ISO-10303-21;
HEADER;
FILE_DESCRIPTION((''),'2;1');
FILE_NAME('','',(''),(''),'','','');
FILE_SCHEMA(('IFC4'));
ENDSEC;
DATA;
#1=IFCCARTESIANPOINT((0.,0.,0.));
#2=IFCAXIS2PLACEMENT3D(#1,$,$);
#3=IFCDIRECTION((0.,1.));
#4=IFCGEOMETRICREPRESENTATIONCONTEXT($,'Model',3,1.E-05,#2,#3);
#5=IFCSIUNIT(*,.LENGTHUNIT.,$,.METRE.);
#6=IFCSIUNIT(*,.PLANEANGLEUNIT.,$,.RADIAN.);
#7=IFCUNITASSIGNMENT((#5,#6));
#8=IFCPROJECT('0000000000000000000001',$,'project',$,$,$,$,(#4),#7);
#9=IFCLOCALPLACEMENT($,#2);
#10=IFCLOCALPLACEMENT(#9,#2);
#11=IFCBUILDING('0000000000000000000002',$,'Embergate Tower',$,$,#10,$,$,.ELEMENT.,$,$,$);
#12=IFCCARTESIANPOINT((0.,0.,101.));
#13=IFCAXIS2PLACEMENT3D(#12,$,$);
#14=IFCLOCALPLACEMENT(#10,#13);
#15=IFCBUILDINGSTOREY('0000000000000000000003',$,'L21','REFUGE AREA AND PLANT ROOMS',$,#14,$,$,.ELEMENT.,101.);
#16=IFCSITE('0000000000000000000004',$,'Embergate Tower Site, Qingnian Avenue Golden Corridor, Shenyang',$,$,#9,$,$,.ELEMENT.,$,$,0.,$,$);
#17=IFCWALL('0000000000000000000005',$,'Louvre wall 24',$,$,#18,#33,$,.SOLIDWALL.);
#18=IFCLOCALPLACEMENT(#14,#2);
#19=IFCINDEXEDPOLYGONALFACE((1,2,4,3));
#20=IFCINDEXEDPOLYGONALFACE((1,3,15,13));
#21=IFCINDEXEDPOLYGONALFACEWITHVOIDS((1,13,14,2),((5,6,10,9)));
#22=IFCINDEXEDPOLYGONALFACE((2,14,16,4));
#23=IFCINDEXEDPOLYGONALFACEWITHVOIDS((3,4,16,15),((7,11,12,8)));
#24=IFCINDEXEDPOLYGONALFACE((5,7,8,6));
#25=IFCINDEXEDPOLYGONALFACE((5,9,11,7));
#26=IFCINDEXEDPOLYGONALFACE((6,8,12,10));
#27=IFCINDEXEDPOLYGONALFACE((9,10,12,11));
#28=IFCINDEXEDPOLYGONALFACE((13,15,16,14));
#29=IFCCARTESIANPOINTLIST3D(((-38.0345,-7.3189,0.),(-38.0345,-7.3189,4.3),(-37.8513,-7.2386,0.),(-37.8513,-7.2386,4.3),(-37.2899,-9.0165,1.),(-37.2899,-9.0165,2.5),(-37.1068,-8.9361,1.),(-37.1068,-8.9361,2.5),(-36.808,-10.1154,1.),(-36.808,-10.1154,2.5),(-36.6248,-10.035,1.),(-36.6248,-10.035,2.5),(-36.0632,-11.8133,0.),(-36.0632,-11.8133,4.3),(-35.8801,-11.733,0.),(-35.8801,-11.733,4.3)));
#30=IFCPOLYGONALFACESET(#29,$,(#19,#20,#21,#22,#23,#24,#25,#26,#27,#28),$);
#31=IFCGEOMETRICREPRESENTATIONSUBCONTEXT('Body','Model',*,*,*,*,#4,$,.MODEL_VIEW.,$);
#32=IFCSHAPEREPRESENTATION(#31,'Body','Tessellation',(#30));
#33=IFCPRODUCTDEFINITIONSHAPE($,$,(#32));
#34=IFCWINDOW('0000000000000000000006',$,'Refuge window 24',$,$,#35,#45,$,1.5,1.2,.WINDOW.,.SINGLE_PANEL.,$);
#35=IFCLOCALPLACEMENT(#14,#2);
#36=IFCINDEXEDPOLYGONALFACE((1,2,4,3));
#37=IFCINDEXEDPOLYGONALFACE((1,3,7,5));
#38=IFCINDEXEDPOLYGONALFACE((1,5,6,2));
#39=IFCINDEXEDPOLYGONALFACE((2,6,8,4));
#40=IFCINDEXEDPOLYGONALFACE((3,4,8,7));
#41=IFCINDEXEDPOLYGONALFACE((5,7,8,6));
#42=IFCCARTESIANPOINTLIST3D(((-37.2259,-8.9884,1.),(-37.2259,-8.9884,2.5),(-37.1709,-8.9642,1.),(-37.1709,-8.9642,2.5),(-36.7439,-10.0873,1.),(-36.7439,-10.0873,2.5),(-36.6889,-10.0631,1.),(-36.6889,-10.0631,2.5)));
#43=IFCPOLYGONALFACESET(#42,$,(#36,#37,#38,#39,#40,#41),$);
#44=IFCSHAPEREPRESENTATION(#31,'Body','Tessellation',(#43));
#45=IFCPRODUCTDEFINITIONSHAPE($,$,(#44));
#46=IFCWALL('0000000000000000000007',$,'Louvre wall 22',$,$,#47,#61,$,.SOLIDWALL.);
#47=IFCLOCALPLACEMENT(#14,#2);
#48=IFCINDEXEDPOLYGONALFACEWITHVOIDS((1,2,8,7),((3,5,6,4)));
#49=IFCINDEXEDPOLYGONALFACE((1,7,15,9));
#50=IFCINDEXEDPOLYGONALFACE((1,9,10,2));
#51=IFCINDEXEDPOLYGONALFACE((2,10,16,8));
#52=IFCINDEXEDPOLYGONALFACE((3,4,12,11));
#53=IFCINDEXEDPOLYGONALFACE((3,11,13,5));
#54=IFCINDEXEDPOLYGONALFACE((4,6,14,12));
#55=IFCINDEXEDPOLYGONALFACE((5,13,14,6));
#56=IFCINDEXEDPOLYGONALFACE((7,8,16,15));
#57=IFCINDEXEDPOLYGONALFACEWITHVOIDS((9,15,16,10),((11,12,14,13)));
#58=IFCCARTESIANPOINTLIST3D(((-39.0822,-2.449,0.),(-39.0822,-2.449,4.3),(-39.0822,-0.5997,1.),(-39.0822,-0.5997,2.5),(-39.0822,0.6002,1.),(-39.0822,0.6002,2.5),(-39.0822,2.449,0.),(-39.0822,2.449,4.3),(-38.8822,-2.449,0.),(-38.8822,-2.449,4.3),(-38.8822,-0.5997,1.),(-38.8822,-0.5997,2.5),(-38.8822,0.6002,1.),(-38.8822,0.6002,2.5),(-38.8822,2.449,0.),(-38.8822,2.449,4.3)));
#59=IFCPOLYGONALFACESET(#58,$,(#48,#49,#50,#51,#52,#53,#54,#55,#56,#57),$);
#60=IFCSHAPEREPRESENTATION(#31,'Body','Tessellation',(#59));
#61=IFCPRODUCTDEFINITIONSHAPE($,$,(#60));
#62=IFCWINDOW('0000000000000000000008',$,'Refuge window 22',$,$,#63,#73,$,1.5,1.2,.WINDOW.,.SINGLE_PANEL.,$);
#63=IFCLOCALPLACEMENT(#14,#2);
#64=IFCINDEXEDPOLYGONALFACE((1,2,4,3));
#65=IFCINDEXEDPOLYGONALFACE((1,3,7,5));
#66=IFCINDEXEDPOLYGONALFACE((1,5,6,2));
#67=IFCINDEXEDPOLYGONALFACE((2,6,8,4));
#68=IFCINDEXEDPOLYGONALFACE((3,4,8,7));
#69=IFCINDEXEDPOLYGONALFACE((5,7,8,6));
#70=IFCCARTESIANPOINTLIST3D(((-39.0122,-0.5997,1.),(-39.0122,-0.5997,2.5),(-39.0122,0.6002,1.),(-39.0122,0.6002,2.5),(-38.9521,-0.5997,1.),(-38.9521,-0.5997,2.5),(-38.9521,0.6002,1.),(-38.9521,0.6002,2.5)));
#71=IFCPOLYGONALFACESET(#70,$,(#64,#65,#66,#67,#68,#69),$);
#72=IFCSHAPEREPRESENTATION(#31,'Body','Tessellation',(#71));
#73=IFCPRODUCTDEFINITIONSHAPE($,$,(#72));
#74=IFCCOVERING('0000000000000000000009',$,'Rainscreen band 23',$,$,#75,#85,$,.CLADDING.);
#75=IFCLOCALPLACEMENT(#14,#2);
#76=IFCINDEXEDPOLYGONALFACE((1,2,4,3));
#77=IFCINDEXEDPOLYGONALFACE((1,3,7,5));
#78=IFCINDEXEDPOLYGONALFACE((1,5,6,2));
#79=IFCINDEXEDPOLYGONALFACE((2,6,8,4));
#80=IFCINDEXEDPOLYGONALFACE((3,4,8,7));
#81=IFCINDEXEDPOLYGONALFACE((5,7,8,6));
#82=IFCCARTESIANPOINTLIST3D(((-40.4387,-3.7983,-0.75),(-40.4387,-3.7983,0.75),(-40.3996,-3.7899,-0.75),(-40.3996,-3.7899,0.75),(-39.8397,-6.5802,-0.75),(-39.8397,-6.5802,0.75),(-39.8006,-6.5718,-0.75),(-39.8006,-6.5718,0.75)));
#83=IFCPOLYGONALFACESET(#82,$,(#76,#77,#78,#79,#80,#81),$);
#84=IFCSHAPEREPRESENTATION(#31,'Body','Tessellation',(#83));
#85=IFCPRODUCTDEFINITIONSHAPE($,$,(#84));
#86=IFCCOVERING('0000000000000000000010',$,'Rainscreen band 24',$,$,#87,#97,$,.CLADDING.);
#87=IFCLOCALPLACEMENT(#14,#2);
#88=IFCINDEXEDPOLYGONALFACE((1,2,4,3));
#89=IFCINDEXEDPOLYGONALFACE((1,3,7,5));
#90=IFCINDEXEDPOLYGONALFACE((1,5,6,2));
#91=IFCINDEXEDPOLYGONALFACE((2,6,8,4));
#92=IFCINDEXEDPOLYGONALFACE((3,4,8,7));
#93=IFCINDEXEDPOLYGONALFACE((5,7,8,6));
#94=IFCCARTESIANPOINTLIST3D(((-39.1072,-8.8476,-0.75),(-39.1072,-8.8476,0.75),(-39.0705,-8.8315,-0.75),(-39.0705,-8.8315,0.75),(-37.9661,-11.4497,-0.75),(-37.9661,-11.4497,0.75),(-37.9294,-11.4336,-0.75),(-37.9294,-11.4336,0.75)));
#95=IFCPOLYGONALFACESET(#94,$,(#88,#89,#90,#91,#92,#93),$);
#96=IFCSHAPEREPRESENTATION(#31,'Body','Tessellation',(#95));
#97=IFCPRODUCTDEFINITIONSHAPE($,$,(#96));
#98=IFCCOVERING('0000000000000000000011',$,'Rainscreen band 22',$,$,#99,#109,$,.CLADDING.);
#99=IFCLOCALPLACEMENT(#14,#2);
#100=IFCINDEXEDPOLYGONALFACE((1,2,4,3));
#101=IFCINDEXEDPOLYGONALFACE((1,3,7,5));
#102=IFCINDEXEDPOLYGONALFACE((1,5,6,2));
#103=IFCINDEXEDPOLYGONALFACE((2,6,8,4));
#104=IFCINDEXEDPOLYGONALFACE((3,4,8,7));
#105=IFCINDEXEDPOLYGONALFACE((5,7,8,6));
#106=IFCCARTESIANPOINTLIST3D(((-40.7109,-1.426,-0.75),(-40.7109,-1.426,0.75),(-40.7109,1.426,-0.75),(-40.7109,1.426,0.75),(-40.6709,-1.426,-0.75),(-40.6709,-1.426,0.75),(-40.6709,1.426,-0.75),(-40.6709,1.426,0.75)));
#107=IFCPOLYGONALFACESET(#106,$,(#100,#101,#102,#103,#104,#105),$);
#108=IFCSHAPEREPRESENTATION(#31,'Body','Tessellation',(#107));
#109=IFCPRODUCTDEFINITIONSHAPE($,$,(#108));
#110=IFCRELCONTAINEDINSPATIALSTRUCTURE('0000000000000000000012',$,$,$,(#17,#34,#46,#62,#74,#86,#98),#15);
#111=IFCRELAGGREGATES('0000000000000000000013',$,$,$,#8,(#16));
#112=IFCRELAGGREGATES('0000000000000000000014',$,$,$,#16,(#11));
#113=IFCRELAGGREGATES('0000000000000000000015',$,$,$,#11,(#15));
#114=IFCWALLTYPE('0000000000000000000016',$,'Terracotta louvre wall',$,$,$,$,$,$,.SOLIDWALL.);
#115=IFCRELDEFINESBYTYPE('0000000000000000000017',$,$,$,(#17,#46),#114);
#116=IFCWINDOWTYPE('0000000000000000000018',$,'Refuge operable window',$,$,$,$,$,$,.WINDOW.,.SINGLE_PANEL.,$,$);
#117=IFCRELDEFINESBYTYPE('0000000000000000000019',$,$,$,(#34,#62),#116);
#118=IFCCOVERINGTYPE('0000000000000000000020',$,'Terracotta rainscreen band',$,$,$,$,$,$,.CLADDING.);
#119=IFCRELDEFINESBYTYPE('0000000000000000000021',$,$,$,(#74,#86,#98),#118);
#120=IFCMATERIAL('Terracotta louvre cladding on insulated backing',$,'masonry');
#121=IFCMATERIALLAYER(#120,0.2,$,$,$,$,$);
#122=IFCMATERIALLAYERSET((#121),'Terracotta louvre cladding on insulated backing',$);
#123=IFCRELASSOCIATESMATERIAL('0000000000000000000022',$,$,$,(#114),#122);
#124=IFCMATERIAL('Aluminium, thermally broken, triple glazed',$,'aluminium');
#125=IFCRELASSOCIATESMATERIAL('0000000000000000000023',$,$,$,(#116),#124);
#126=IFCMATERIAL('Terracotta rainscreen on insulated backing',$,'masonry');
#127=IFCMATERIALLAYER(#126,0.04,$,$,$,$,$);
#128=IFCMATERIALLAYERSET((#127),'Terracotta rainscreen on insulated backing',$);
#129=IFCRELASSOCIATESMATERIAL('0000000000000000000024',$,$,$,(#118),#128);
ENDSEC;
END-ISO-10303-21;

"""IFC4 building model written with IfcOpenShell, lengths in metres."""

from ifc_helpers import new_model, si_unit, direction, frame, frame_2d, origin, origin_2d, place, context, subcontext, project, spatial, rectangle, extrude, source, transform, mapped, material, layer, layer_set, type_object, element, fill, save


model = new_model("IFC4")

# Units and contexts
model_context = context("Model", 3, precision=1e-05, world=origin(), true_north=direction((0.0, 1.0)))
body_context = subcontext(model_context, "Body", "Model", "MODEL_VIEW")
ifc_project = project(units=[si_unit("LENGTHUNIT", "METRE"), si_unit("PLANEANGLEUNIT", "RADIAN")], contexts=[model_context])

# Site, building, storey
site_placement = place(None, origin())
site = spatial("IfcSite", under=ifc_project, at=site_placement, Name="Embergate Tower Site, Qingnian Avenue Golden Corridor, Shenyang", CompositionType="ELEMENT", RefElevation=0.0)
building_placement = place(site_placement, origin())
building = spatial("IfcBuilding", under=site, at=building_placement, Name="Embergate Tower", CompositionType="ELEMENT")
storey_placement = place(building_placement, frame((0.0, 0.0, 101.0)))
storey = spatial("IfcBuildingStorey", under=building, at=storey_placement, Name="L21", Description="REFUGE AREA AND PLANT ROOMS", CompositionType="ELEMENT", Elevation=101.0)

# Walls, openings, windows
ifc_material_1 = material(Name="Terracotta louvre cladding on insulated backing", Category="masonry")
ifc_layer_1 = layer(ifc_material_1, 0.2)
ifc_layer_set_1 = layer_set([ifc_layer_1], Name="Terracotta louvre cladding on insulated backing")
wall_type = type_object("IfcWallType", Name="Terracotta louvre wall", PredefinedType="SOLIDWALL", material=ifc_layer_set_1)
shared_shape_1 = source(origin(), body_context, "Body", "SweptSolid", [
    extrude(rectangle(XDim=1.2, YDim=1.5, at=frame_2d((0.6001, 0.75))), frame((0.0, 0.1099, 0.0), z_axis=(0.0, -1.0, 0.0), x_axis=(1.0, 0.0, 0.0)), (0.0, 0.0, 1.0), 0.22),
])
ifc_material_2 = material(Name="Aluminium, thermally broken, triple glazed", Category="aluminium")
window_type = type_object("IfcWindowType", Name="Refuge operable window", PartitioningType="SINGLE_PANEL", PredefinedType="WINDOW", material=ifc_material_2)
shared_shape_2 = source(origin(), body_context, "Body", "SweptSolid", [
    extrude(rectangle(XDim=1.2, YDim=1.5, at=frame_2d((0.6001, 0.75))), frame((0.0, 0.03, 0.0), z_axis=(0.0, -1.0, 0.0), x_axis=(1.0, 0.0, 0.0)), (0.0, 0.0, 1.0), 0.0601),
])
shared_shape_3 = source(origin(), body_context, "Body", "SweptSolid", [
    extrude(rectangle(XDim=4.9077, YDim=0.2, at=frame_2d((2.4539, 0.0))), origin(), (0.0, 0.0, 1.0), 4.3),
])
wall_1_placement = place(storey_placement, frame((-35.9717, -11.7732, 0.0), z_axis=(0.0, 0.0, 1.0), x_axis=(-0.401656, 0.91579, 0.0)))
wall_1 = element("IfcWall", 1, at=wall_1_placement, inside=storey, type_object=wall_type, Name="Louvre wall 24", PredefinedType="SOLIDWALL", context=body_context, shape_type="MappedRepresentation", body=[
    mapped(shared_shape_3, transform((0.0, 0.0, 0.0))),
])
opening_1_placement = place(wall_1_placement, frame((1.854, 0.0, 1.0)))
opening_1 = element("IfcOpeningElement", 2, at=opening_1_placement, cuts=wall_1, PredefinedType="OPENING", context=body_context, shape_type="MappedRepresentation", body=[
    mapped(shared_shape_1, transform((0.0, 0.0, 0.0))),
])
window_1_placement = place(opening_1_placement, origin())
window_1 = element("IfcWindow", 3, at=window_1_placement, inside=storey, type_object=window_type, Name="Refuge window 24", OverallHeight=1.5, OverallWidth=1.2, PartitioningType="SINGLE_PANEL", PredefinedType="WINDOW", context=body_context, shape_type="MappedRepresentation", body=[
    mapped(shared_shape_2, transform((0.0, 0.0, 0.0))),
])
fill(opening_1, window_1)
shared_shape_4 = source(origin(), body_context, "Body", "SweptSolid", [
    extrude(rectangle(XDim=4.8979, YDim=0.2, at=frame_2d((2.449, 0.0))), origin(), (0.0, 0.0, 1.0), 4.3),
])
wall_2_placement = place(storey_placement, frame((-38.9822, -2.449, 0.0), z_axis=(0.0, 0.0, 1.0), x_axis=(0.0, 1.0, 0.0)))
wall_2 = element("IfcWall", 4, at=wall_2_placement, inside=storey, type_object=wall_type, Name="Louvre wall 22", PredefinedType="SOLIDWALL", context=body_context, shape_type="MappedRepresentation", body=[
    mapped(shared_shape_4, transform((0.0, 0.0, 0.0))),
])
opening_2_placement = place(wall_2_placement, frame((1.8491, 0.0, 1.0)))
opening_2 = element("IfcOpeningElement", 5, at=opening_2_placement, cuts=wall_2, PredefinedType="OPENING", context=body_context, shape_type="MappedRepresentation", body=[
    mapped(shared_shape_1, transform((0.0, 0.0, 0.0))),
])
window_2_placement = place(opening_2_placement, origin())
window_2 = element("IfcWindow", 6, at=window_2_placement, inside=storey, type_object=window_type, Name="Refuge window 22", OverallHeight=1.5, OverallWidth=1.2, PartitioningType="SINGLE_PANEL", PredefinedType="WINDOW", context=body_context, shape_type="MappedRepresentation", body=[
    mapped(shared_shape_2, transform((0.0, 0.0, 0.0))),
])
fill(opening_2, window_2)

# Coverings
ifc_material_3 = material(Name="Terracotta rainscreen on insulated backing", Category="masonry")
ifc_layer_2 = layer(ifc_material_3, 0.04)
ifc_layer_set_2 = layer_set([ifc_layer_2], Name="Terracotta rainscreen on insulated backing")
covering_type = type_object("IfcCoveringType", Name="Terracotta rainscreen band", PredefinedType="CLADDING", material=ifc_layer_set_2)
shared_shape_5 = source(origin(), body_context, "Body", "SweptSolid", [
    extrude(rectangle(XDim=2.8457, YDim=0.04, at=origin_2d()), origin(), (0.0, 0.0, 1.0), 1.5),
])
covering_1_placement = place(storey_placement, frame((-40.1196, -5.1851, -0.75), z_axis=(0.0, 0.0, 1.0), x_axis=(0.210489, -0.977596, 0.0)))
element("IfcCovering", 7, at=covering_1_placement, inside=storey, type_object=covering_type, Name="Rainscreen band 23", PredefinedType="CLADDING", context=body_context, shape_type="MappedRepresentation", body=[
    mapped(shared_shape_5, transform((0.0, 0.0, 0.0))),
])
shared_shape_6 = source(origin(), body_context, "Body", "SweptSolid", [
    extrude(rectangle(XDim=2.8413, YDim=0.04, at=origin_2d()), origin(), (0.0, 0.0, 1.0), 1.5),
])
covering_2_placement = place(storey_placement, frame((-38.5183, -10.1406, -0.75), z_axis=(0.0, 0.0, 1.0), x_axis=(0.401595, -0.915818, 0.0)))
element("IfcCovering", 8, at=covering_2_placement, inside=storey, type_object=covering_type, Name="Rainscreen band 24", PredefinedType="CLADDING", context=body_context, shape_type="MappedRepresentation", body=[
    mapped(shared_shape_6, transform((0.0, 0.0, 0.0))),
])
shared_shape_7 = source(origin(), body_context, "Body", "SweptSolid", [
    extrude(rectangle(XDim=2.8521, YDim=0.04, at=origin_2d()), origin(), (0.0, 0.0, 1.0), 1.5),
])
covering_3_placement = place(storey_placement, frame((-40.6909, 0.0, -0.75), z_axis=(0.0, 0.0, 1.0), x_axis=(0.0, -1.0, 0.0)))
element("IfcCovering", 9, at=covering_3_placement, inside=storey, type_object=covering_type, Name="Rainscreen band 22", PredefinedType="CLADDING", context=body_context, shape_type="MappedRepresentation", body=[
    mapped(shared_shape_7, transform((0.0, 0.0, 0.0))),
])

save(model, "model.ifc")
